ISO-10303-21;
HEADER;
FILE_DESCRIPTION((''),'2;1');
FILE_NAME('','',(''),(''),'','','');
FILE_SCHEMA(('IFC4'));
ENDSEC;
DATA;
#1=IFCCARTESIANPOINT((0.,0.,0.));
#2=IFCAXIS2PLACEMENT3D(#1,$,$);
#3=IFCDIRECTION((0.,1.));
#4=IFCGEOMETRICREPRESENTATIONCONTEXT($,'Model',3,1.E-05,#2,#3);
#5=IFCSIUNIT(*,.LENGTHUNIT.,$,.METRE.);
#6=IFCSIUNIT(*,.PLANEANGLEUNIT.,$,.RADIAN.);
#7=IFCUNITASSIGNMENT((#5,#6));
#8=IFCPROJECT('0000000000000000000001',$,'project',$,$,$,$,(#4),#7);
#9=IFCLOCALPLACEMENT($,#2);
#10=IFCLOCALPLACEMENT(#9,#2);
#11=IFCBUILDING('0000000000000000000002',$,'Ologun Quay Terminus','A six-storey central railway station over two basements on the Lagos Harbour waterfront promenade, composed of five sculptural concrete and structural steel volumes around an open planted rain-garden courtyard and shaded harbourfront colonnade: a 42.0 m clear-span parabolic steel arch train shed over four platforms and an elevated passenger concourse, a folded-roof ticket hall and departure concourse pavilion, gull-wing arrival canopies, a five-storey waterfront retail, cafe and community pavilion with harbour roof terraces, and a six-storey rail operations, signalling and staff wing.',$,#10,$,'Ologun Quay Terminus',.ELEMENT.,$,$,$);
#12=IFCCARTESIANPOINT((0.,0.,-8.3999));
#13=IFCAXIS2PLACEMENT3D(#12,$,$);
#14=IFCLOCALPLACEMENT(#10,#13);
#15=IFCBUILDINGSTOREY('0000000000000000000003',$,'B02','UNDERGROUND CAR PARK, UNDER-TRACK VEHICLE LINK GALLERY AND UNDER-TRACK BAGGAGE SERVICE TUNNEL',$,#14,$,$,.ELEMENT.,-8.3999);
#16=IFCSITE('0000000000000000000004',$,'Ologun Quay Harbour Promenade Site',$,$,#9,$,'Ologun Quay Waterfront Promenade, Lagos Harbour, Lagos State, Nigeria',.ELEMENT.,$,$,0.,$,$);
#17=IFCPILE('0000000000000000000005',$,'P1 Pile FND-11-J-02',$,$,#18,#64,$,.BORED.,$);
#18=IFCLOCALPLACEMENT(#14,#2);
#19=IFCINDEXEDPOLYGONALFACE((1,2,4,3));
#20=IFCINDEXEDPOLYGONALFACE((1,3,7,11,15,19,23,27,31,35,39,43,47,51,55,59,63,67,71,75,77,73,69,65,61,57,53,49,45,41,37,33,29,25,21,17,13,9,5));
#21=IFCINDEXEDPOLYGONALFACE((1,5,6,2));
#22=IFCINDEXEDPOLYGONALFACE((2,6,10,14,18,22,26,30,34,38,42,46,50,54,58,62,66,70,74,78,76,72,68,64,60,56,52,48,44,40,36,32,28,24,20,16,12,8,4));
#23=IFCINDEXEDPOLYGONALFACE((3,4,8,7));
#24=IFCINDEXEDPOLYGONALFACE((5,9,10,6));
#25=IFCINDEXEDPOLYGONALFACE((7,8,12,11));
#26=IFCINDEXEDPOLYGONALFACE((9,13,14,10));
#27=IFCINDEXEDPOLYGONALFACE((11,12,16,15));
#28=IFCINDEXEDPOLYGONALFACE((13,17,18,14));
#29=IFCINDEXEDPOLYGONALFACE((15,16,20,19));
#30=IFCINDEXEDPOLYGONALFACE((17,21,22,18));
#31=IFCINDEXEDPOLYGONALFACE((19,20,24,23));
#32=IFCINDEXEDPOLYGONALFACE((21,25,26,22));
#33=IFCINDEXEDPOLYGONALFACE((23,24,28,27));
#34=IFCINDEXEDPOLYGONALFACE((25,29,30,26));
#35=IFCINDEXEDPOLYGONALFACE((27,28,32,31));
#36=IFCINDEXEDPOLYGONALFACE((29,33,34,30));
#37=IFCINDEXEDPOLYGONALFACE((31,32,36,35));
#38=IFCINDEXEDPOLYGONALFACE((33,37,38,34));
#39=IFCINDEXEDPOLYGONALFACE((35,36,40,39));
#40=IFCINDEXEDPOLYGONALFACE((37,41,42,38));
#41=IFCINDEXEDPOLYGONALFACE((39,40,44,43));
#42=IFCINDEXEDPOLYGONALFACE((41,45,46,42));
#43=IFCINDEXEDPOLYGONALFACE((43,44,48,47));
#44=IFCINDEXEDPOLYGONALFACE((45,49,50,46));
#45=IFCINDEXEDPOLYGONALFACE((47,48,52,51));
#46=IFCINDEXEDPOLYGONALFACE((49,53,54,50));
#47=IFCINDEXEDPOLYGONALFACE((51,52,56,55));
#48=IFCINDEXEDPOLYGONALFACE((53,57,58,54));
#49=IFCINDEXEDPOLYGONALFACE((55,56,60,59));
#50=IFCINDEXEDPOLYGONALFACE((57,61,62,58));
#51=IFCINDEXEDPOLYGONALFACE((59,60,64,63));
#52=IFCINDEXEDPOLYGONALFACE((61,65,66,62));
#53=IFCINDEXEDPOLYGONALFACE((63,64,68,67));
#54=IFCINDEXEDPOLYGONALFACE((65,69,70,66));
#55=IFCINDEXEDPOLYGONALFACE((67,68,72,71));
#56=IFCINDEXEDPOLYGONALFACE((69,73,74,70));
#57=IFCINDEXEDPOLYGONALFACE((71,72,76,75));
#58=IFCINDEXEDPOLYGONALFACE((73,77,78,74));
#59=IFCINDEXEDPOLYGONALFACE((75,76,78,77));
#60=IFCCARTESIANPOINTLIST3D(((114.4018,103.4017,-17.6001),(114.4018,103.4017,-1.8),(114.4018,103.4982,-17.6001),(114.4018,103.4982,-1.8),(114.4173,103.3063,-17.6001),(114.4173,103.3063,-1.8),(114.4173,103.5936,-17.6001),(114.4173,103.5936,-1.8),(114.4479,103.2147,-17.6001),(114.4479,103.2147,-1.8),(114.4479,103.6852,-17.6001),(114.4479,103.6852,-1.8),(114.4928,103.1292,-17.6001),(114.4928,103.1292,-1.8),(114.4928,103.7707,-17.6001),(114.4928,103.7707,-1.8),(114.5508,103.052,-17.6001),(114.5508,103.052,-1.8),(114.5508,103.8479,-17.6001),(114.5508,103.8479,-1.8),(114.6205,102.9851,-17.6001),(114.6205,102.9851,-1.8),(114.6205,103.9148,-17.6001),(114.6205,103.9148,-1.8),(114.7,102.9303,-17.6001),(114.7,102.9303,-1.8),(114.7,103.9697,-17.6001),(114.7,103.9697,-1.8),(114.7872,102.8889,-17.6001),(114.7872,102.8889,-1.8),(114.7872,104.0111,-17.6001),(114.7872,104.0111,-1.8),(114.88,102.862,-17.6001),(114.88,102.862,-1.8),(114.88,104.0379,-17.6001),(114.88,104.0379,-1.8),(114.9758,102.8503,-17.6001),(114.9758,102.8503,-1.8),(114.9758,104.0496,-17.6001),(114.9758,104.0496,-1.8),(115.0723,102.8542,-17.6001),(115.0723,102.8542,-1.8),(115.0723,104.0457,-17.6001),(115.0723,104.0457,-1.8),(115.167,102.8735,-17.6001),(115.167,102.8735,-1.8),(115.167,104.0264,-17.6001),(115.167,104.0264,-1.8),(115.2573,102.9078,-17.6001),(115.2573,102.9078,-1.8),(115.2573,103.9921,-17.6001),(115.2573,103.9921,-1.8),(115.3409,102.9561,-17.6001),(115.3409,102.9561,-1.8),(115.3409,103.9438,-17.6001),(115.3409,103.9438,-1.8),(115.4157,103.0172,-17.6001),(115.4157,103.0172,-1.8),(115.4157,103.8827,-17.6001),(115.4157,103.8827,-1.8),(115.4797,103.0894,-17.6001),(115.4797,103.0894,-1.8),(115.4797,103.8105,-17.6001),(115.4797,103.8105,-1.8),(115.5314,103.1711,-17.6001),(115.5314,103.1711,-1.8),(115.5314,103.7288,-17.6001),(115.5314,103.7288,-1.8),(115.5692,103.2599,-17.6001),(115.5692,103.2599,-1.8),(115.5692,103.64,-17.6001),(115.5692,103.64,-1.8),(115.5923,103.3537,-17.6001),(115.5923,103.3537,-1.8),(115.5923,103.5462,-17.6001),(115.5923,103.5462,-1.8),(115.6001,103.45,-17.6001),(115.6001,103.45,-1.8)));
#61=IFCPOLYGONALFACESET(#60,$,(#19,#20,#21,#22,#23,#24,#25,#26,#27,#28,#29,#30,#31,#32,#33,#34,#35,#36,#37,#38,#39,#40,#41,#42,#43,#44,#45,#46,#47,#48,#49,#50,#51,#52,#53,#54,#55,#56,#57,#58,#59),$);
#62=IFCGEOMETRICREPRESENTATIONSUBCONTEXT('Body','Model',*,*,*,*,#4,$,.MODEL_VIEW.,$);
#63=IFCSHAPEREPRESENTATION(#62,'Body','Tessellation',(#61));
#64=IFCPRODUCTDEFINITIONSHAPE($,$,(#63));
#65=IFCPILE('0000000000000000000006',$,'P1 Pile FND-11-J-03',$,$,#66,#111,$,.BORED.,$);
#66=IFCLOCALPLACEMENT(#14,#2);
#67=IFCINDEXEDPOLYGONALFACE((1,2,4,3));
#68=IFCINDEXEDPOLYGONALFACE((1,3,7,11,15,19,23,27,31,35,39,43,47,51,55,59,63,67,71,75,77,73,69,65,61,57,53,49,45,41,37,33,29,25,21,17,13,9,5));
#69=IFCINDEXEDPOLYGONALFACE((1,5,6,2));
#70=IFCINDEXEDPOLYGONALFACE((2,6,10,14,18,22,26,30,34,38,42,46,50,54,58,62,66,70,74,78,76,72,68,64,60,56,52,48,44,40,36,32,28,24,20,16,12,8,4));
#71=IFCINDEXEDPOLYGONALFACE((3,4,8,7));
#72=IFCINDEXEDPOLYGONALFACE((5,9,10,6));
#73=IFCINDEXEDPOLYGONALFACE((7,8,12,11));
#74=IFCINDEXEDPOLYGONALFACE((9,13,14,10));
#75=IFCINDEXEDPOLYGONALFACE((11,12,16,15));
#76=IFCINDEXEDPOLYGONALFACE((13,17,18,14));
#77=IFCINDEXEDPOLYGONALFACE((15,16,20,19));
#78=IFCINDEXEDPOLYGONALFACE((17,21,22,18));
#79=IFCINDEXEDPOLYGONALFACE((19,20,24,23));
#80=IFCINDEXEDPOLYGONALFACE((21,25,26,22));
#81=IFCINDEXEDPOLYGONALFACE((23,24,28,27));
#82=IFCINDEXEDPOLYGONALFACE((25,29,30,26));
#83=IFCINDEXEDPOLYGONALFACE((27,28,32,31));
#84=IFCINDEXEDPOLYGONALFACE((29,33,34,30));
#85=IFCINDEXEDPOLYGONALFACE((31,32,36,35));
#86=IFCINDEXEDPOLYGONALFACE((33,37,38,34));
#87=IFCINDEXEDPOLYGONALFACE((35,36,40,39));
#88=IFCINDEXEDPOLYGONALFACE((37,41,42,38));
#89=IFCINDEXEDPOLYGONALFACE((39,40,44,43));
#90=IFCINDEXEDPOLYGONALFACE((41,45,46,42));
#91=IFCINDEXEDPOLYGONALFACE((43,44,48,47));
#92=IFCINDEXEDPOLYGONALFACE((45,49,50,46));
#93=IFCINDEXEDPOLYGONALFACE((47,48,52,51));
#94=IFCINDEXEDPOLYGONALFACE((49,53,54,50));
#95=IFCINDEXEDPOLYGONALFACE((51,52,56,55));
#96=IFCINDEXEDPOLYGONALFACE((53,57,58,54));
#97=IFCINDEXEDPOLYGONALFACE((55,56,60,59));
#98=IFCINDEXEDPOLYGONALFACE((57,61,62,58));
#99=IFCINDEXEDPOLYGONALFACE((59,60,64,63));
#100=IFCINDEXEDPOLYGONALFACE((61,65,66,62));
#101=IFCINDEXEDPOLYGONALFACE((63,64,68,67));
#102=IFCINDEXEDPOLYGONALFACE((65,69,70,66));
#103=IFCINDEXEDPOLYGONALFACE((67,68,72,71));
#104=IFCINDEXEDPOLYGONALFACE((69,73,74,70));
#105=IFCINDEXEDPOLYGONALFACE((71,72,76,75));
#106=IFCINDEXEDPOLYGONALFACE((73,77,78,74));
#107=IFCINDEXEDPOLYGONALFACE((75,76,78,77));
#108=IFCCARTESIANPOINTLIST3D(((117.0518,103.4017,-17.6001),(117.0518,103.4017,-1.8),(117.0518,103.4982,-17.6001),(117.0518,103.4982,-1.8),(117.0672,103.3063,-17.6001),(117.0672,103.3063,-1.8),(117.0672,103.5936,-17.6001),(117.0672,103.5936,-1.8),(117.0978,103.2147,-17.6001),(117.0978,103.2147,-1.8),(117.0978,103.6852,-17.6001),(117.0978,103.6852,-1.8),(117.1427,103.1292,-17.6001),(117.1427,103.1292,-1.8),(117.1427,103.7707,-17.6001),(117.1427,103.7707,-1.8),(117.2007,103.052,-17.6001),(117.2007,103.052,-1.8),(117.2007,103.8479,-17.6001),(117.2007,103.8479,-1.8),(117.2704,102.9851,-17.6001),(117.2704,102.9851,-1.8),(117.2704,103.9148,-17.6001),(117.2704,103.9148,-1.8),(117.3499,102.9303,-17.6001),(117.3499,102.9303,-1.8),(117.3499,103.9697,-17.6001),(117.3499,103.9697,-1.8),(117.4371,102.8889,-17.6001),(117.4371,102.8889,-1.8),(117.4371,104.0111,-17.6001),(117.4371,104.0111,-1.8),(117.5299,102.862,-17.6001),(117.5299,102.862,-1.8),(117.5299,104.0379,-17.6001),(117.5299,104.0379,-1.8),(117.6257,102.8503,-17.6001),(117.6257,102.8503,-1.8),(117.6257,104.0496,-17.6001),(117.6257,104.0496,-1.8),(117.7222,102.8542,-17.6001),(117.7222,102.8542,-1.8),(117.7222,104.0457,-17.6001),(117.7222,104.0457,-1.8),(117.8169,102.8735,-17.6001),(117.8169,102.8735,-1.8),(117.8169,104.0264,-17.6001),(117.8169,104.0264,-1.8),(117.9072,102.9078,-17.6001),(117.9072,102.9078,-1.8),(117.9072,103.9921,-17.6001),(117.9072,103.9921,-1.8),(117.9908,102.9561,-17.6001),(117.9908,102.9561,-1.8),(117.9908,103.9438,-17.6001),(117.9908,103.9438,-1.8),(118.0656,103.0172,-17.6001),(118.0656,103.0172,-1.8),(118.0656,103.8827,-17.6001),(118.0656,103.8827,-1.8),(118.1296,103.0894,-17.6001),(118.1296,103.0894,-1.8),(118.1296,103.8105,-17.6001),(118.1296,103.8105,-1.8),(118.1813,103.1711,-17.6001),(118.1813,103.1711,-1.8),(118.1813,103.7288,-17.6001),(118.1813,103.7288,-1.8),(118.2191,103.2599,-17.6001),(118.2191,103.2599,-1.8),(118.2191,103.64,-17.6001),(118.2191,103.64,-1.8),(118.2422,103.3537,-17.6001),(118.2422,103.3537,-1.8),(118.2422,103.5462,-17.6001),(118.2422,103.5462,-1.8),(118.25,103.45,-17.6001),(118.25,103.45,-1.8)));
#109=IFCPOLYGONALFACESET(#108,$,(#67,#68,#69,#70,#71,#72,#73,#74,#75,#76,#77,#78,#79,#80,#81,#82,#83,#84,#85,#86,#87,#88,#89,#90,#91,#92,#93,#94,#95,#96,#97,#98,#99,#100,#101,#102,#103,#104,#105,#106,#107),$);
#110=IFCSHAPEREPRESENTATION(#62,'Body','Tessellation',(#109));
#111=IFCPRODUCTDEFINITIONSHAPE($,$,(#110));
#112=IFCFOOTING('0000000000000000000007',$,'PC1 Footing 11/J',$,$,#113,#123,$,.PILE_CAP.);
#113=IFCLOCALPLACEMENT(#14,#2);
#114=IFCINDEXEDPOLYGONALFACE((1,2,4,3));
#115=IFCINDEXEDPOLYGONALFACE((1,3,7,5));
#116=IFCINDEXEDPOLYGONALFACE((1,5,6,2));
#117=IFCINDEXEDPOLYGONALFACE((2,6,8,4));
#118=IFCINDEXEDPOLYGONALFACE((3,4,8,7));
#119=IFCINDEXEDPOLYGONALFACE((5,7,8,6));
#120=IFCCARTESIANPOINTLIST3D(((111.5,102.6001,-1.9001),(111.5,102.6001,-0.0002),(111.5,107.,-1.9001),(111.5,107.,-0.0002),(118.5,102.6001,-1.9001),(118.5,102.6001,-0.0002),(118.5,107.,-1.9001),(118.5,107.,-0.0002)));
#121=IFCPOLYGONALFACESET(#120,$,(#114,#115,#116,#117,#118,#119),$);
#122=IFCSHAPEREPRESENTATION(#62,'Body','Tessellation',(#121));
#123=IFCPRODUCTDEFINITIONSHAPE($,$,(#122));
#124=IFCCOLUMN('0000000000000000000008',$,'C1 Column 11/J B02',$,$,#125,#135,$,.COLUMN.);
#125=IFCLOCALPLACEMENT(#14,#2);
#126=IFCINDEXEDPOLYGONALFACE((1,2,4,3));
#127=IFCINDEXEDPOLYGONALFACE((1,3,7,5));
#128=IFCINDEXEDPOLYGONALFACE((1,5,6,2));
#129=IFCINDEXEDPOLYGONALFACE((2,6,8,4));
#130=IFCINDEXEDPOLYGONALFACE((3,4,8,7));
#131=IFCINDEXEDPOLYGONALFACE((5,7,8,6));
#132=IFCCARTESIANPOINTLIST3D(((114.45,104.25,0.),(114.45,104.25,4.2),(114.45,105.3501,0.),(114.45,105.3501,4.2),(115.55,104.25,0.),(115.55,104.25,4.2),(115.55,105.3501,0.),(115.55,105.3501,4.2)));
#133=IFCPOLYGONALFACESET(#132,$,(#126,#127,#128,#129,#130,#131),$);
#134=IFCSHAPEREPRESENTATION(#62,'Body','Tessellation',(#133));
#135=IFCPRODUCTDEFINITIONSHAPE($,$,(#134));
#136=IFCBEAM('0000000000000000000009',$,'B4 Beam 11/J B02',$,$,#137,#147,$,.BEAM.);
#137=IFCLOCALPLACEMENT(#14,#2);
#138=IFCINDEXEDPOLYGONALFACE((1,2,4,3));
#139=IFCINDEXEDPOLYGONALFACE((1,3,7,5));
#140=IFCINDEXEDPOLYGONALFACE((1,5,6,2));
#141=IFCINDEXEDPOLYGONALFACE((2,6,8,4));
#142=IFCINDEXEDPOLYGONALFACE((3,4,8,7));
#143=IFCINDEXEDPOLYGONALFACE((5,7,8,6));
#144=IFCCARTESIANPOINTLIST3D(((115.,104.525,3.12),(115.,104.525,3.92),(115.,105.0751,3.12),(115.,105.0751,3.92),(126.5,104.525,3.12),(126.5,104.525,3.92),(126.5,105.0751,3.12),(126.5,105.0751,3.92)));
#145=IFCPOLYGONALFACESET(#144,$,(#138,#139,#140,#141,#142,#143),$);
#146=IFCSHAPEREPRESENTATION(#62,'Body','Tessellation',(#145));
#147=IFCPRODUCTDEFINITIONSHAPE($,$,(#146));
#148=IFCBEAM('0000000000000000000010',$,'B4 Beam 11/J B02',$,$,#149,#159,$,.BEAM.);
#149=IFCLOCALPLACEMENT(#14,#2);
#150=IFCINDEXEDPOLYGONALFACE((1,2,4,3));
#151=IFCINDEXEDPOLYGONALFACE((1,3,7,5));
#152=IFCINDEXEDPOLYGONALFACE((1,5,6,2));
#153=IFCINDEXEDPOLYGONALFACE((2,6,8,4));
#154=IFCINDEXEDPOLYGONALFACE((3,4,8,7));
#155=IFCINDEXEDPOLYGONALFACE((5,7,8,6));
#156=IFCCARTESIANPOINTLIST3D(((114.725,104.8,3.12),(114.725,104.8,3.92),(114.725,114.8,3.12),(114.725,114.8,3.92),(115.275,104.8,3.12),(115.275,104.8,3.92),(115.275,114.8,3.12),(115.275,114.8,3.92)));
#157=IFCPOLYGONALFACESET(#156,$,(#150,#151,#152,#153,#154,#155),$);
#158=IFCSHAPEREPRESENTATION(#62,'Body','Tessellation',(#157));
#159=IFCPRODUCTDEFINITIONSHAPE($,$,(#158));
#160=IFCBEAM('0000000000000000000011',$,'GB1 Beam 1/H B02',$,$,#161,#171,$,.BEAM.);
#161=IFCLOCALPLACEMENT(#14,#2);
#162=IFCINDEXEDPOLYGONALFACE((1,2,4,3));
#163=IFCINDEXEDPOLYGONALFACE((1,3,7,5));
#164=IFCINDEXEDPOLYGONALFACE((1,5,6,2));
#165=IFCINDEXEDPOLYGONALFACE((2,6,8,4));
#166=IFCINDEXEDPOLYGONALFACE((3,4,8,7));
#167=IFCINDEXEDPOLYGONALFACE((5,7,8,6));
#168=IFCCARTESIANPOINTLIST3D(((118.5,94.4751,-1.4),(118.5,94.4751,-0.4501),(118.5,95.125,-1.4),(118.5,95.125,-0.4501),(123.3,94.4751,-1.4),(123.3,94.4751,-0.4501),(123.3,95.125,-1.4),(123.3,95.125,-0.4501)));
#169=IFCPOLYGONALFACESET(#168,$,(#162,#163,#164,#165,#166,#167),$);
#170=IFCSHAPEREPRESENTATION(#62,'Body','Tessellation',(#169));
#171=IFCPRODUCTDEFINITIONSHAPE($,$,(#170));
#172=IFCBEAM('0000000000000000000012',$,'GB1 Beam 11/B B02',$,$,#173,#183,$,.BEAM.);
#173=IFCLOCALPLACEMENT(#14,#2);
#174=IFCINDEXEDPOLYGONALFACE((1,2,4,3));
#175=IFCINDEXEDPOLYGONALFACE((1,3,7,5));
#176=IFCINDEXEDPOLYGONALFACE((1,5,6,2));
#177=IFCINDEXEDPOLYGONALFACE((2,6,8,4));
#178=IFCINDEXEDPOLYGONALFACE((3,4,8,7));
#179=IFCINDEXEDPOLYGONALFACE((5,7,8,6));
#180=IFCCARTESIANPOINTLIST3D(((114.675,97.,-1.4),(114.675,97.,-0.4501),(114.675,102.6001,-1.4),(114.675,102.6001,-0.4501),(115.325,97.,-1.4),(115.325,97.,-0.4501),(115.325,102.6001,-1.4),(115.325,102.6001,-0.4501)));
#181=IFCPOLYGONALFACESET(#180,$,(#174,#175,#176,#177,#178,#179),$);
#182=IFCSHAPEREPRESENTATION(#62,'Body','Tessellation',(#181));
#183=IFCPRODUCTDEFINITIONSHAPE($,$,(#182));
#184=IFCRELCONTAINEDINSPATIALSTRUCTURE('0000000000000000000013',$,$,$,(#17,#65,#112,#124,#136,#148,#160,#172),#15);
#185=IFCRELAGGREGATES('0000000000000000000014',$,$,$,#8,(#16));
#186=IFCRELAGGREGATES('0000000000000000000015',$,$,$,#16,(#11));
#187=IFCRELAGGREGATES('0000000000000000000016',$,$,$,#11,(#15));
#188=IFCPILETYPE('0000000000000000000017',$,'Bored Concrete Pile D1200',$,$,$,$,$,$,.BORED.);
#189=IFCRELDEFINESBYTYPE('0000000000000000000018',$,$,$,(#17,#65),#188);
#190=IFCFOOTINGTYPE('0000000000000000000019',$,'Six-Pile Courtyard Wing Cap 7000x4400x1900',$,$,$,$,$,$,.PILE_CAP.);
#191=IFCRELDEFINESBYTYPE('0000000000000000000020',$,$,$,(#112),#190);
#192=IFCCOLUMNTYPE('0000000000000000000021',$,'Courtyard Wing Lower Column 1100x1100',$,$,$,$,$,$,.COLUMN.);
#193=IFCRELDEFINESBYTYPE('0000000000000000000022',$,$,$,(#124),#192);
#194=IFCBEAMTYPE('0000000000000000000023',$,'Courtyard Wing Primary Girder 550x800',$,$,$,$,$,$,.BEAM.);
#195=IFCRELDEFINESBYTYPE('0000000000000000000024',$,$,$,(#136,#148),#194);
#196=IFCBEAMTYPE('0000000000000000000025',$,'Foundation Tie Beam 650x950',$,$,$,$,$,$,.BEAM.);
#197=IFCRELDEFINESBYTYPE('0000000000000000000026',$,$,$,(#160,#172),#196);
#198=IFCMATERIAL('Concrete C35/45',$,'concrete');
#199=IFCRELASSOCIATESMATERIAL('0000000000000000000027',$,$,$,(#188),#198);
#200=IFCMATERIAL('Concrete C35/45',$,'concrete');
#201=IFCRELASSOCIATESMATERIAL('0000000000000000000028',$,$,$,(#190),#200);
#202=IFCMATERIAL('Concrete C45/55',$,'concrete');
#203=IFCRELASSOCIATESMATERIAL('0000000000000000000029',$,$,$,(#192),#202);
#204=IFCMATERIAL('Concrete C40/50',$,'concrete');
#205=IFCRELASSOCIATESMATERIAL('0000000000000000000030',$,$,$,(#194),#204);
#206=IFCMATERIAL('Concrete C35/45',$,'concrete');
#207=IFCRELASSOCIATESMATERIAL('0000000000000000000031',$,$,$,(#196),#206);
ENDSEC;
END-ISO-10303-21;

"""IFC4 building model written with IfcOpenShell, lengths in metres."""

from ifc_helpers import new_model, si_unit, direction, frame, origin, origin_2d, place, context, subcontext, project, spatial, rectangle, circle, extrude, material, material_profile, profile_set, type_object, element, save


model = new_model("IFC4")

# Units and contexts
model_context = context("Model", 3, precision=1e-05, world=origin(), true_north=direction((0.0, 1.0)))
body_context = subcontext(model_context, "Body", "Model", "MODEL_VIEW")
ifc_project = project(units=[si_unit("LENGTHUNIT", "METRE"), si_unit("PLANEANGLEUNIT", "RADIAN")], contexts=[model_context])

# Site, building, storey
site_placement = place(None, origin())
site = spatial("IfcSite", under=ifc_project, at=site_placement, Name="Ologun Quay Harbour Promenade Site", LongName="Ologun Quay Waterfront Promenade, Lagos Harbour, Lagos State, Nigeria", CompositionType="ELEMENT", RefElevation=0.0)
building_placement = place(site_placement, origin())
building = spatial("IfcBuilding", under=site, at=building_placement, Name="Ologun Quay Terminus", Description="A six-storey central railway station over two basements on the Lagos Harbour waterfront promenade, composed of five sculptural concrete and structural steel volumes around an open planted rain-garden courtyard and shaded harbourfront colonnade: a 42.0 m clear-span parabolic steel arch train shed over four platforms and an elevated passenger concourse, a folded-roof ticket hall and departure concourse pavilion, gull-wing arrival canopies, a five-storey waterfront retail, cafe and community pavilion with harbour roof terraces, and a six-storey rail operations, signalling and staff wing.", LongName="Ologun Quay Terminus", CompositionType="ELEMENT")
storey_placement = place(building_placement, frame((0.0, 0.0, -8.3999)))
storey = spatial("IfcBuildingStorey", under=building, at=storey_placement, Name="B02", Description="UNDERGROUND CAR PARK, UNDER-TRACK VEHICLE LINK GALLERY AND UNDER-TRACK BAGGAGE SERVICE TUNNEL", CompositionType="ELEMENT", Elevation=-8.3999)

# Piles
ifc_material_1 = material(Name="Concrete C35/45", Category="concrete")
ifc_material_profile_1 = material_profile(ifc_material_1, circle(Radius=0.6001, at=origin_2d()), Name="PILE D1200")
ifc_profile_set_1 = profile_set([ifc_material_profile_1], Name="Concrete C35/45")
pile_type = type_object("IfcPileType", Name="Bored Concrete Pile D1200", PredefinedType="BORED", material=ifc_profile_set_1)
for number, where, z_axis, x_axis, name in (
    (1, (115.0, 103.45, -1.8), (0.0, 0.0, -1.0), (1.0, 0.0, 0.0), "P1 Pile FND-11-J-02"),
    (2, (117.6499, 103.45, -1.8), (0.0, 0.0, -1.0), (1.0, 0.0, 0.0), "P1 Pile FND-11-J-03"),
):
    element("IfcPile", number, at=place(storey_placement, frame(where, z_axis=z_axis, x_axis=x_axis)), inside=storey, type_object=pile_type, Name=name, PredefinedType="BORED", context=body_context, shape_type="SweptSolid", body=[
        extrude(circle(Radius=0.6001, at=origin_2d()), origin(), (0.0, 0.0, 1.0), 15.8),
    ])

# Footing
ifc_material_2 = material(Name="Concrete C35/45", Category="concrete")
footing_type = type_object("IfcFootingType", Name="Six-Pile Courtyard Wing Cap 7000x4400x1900", PredefinedType="PILE_CAP", material=ifc_material_2)
footing_placement = place(storey_placement, frame((115.0, 104.8, -1.9001), z_axis=(0.0, 0.0, 1.0), x_axis=(1.0, 0.0, 0.0)))
element("IfcFooting", 3, at=footing_placement, inside=storey, type_object=footing_type, Name="PC1 Footing 11/J", PredefinedType="PILE_CAP", context=body_context, shape_type="SweptSolid", body=[
    extrude(rectangle(XDim=7.0, YDim=4.3999, at=origin_2d()), origin(), (0.0, 0.0, 1.0), 1.8999),
])

# Column
ifc_material_3 = material(Name="Concrete C45/55", Category="concrete")
ifc_material_profile_2 = material_profile(ifc_material_3, rectangle(XDim=1.1001, YDim=1.1001, at=origin_2d()), Name="RC 1100x1100")
ifc_profile_set_2 = profile_set([ifc_material_profile_2], Name="Concrete C45/55")
column_type = type_object("IfcColumnType", Name="Courtyard Wing Lower Column 1100x1100", PredefinedType="COLUMN", material=ifc_profile_set_2)
column_placement = place(storey_placement, frame((115.0, 104.8, 0.0), z_axis=(0.0, 0.0, 1.0), x_axis=(1.0, 0.0, 0.0)))
element("IfcColumn", 4, at=column_placement, inside=storey, type_object=column_type, Name="C1 Column 11/J B02", PredefinedType="COLUMN", context=body_context, shape_type="SweptSolid", body=[
    extrude(rectangle(XDim=1.1001, YDim=1.1001, at=origin_2d()), origin(), (0.0, 0.0, 1.0), 4.2),
])

# Beams
ifc_material_4 = material(Name="Concrete C40/50", Category="concrete")
ifc_material_profile_3 = material_profile(ifc_material_4, rectangle(XDim=0.55, YDim=0.8, at=origin_2d()), Name="RC 550x800")
ifc_profile_set_3 = profile_set([ifc_material_profile_3], Name="Concrete C40/50")
beam_type_1 = type_object("IfcBeamType", Name="Courtyard Wing Primary Girder 550x800", PredefinedType="BEAM", material=ifc_profile_set_3)
beam_1_placement = place(storey_placement, frame((115.0, 104.8, 3.52), z_axis=(1.0, 0.0, 0.0), x_axis=(0.0, 1.0, 0.0)))
element("IfcBeam", 5, at=beam_1_placement, inside=storey, type_object=beam_type_1, Name="B4 Beam 11/J B02", PredefinedType="BEAM", context=body_context, shape_type="SweptSolid", body=[
    extrude(rectangle(XDim=0.55, YDim=0.8, at=origin_2d()), origin(), (0.0, 0.0, 1.0), 11.5),
])
beam_2_placement = place(storey_placement, frame((115.0, 104.8, 3.52), z_axis=(0.0, 1.0, 0.0), x_axis=(-1.0, 0.0, 0.0)))
element("IfcBeam", 6, at=beam_2_placement, inside=storey, type_object=beam_type_1, Name="B4 Beam 11/J B02", PredefinedType="BEAM", context=body_context, shape_type="SweptSolid", body=[
    extrude(rectangle(XDim=0.55, YDim=0.8, at=origin_2d()), origin(), (0.0, 0.0, 1.0), 10.0),
])
ifc_material_5 = material(Name="Concrete C35/45", Category="concrete")
ifc_material_profile_4 = material_profile(ifc_material_5, rectangle(XDim=0.6499, YDim=0.95, at=origin_2d()), Name="RC 650x950")
ifc_profile_set_4 = profile_set([ifc_material_profile_4], Name="Concrete C35/45")
beam_type_2 = type_object("IfcBeamType", Name="Foundation Tie Beam 650x950", PredefinedType="BEAM", material=ifc_profile_set_4)
beam_3_placement = place(storey_placement, frame((118.5, 94.8, -0.925), z_axis=(1.0, 0.0, 0.0), x_axis=(0.0, 1.0, 0.0)))
element("IfcBeam", 7, at=beam_3_placement, inside=storey, type_object=beam_type_2, Name="GB1 Beam 1/H B02", PredefinedType="BEAM", context=body_context, shape_type="SweptSolid", body=[
    extrude(rectangle(XDim=0.6499, YDim=0.95, at=origin_2d()), origin(), (0.0, 0.0, 1.0), 4.8),
])
beam_4_placement = place(storey_placement, frame((115.0, 97.0, -0.925), z_axis=(0.0, 1.0, 0.0), x_axis=(-1.0, 0.0, 0.0)))
element("IfcBeam", 8, at=beam_4_placement, inside=storey, type_object=beam_type_2, Name="GB1 Beam 11/B B02", PredefinedType="BEAM", context=body_context, shape_type="SweptSolid", body=[
    extrude(rectangle(XDim=0.6499, YDim=0.95, at=origin_2d()), origin(), (0.0, 0.0, 1.0), 5.6001),
])

save(model, "model.ifc")
